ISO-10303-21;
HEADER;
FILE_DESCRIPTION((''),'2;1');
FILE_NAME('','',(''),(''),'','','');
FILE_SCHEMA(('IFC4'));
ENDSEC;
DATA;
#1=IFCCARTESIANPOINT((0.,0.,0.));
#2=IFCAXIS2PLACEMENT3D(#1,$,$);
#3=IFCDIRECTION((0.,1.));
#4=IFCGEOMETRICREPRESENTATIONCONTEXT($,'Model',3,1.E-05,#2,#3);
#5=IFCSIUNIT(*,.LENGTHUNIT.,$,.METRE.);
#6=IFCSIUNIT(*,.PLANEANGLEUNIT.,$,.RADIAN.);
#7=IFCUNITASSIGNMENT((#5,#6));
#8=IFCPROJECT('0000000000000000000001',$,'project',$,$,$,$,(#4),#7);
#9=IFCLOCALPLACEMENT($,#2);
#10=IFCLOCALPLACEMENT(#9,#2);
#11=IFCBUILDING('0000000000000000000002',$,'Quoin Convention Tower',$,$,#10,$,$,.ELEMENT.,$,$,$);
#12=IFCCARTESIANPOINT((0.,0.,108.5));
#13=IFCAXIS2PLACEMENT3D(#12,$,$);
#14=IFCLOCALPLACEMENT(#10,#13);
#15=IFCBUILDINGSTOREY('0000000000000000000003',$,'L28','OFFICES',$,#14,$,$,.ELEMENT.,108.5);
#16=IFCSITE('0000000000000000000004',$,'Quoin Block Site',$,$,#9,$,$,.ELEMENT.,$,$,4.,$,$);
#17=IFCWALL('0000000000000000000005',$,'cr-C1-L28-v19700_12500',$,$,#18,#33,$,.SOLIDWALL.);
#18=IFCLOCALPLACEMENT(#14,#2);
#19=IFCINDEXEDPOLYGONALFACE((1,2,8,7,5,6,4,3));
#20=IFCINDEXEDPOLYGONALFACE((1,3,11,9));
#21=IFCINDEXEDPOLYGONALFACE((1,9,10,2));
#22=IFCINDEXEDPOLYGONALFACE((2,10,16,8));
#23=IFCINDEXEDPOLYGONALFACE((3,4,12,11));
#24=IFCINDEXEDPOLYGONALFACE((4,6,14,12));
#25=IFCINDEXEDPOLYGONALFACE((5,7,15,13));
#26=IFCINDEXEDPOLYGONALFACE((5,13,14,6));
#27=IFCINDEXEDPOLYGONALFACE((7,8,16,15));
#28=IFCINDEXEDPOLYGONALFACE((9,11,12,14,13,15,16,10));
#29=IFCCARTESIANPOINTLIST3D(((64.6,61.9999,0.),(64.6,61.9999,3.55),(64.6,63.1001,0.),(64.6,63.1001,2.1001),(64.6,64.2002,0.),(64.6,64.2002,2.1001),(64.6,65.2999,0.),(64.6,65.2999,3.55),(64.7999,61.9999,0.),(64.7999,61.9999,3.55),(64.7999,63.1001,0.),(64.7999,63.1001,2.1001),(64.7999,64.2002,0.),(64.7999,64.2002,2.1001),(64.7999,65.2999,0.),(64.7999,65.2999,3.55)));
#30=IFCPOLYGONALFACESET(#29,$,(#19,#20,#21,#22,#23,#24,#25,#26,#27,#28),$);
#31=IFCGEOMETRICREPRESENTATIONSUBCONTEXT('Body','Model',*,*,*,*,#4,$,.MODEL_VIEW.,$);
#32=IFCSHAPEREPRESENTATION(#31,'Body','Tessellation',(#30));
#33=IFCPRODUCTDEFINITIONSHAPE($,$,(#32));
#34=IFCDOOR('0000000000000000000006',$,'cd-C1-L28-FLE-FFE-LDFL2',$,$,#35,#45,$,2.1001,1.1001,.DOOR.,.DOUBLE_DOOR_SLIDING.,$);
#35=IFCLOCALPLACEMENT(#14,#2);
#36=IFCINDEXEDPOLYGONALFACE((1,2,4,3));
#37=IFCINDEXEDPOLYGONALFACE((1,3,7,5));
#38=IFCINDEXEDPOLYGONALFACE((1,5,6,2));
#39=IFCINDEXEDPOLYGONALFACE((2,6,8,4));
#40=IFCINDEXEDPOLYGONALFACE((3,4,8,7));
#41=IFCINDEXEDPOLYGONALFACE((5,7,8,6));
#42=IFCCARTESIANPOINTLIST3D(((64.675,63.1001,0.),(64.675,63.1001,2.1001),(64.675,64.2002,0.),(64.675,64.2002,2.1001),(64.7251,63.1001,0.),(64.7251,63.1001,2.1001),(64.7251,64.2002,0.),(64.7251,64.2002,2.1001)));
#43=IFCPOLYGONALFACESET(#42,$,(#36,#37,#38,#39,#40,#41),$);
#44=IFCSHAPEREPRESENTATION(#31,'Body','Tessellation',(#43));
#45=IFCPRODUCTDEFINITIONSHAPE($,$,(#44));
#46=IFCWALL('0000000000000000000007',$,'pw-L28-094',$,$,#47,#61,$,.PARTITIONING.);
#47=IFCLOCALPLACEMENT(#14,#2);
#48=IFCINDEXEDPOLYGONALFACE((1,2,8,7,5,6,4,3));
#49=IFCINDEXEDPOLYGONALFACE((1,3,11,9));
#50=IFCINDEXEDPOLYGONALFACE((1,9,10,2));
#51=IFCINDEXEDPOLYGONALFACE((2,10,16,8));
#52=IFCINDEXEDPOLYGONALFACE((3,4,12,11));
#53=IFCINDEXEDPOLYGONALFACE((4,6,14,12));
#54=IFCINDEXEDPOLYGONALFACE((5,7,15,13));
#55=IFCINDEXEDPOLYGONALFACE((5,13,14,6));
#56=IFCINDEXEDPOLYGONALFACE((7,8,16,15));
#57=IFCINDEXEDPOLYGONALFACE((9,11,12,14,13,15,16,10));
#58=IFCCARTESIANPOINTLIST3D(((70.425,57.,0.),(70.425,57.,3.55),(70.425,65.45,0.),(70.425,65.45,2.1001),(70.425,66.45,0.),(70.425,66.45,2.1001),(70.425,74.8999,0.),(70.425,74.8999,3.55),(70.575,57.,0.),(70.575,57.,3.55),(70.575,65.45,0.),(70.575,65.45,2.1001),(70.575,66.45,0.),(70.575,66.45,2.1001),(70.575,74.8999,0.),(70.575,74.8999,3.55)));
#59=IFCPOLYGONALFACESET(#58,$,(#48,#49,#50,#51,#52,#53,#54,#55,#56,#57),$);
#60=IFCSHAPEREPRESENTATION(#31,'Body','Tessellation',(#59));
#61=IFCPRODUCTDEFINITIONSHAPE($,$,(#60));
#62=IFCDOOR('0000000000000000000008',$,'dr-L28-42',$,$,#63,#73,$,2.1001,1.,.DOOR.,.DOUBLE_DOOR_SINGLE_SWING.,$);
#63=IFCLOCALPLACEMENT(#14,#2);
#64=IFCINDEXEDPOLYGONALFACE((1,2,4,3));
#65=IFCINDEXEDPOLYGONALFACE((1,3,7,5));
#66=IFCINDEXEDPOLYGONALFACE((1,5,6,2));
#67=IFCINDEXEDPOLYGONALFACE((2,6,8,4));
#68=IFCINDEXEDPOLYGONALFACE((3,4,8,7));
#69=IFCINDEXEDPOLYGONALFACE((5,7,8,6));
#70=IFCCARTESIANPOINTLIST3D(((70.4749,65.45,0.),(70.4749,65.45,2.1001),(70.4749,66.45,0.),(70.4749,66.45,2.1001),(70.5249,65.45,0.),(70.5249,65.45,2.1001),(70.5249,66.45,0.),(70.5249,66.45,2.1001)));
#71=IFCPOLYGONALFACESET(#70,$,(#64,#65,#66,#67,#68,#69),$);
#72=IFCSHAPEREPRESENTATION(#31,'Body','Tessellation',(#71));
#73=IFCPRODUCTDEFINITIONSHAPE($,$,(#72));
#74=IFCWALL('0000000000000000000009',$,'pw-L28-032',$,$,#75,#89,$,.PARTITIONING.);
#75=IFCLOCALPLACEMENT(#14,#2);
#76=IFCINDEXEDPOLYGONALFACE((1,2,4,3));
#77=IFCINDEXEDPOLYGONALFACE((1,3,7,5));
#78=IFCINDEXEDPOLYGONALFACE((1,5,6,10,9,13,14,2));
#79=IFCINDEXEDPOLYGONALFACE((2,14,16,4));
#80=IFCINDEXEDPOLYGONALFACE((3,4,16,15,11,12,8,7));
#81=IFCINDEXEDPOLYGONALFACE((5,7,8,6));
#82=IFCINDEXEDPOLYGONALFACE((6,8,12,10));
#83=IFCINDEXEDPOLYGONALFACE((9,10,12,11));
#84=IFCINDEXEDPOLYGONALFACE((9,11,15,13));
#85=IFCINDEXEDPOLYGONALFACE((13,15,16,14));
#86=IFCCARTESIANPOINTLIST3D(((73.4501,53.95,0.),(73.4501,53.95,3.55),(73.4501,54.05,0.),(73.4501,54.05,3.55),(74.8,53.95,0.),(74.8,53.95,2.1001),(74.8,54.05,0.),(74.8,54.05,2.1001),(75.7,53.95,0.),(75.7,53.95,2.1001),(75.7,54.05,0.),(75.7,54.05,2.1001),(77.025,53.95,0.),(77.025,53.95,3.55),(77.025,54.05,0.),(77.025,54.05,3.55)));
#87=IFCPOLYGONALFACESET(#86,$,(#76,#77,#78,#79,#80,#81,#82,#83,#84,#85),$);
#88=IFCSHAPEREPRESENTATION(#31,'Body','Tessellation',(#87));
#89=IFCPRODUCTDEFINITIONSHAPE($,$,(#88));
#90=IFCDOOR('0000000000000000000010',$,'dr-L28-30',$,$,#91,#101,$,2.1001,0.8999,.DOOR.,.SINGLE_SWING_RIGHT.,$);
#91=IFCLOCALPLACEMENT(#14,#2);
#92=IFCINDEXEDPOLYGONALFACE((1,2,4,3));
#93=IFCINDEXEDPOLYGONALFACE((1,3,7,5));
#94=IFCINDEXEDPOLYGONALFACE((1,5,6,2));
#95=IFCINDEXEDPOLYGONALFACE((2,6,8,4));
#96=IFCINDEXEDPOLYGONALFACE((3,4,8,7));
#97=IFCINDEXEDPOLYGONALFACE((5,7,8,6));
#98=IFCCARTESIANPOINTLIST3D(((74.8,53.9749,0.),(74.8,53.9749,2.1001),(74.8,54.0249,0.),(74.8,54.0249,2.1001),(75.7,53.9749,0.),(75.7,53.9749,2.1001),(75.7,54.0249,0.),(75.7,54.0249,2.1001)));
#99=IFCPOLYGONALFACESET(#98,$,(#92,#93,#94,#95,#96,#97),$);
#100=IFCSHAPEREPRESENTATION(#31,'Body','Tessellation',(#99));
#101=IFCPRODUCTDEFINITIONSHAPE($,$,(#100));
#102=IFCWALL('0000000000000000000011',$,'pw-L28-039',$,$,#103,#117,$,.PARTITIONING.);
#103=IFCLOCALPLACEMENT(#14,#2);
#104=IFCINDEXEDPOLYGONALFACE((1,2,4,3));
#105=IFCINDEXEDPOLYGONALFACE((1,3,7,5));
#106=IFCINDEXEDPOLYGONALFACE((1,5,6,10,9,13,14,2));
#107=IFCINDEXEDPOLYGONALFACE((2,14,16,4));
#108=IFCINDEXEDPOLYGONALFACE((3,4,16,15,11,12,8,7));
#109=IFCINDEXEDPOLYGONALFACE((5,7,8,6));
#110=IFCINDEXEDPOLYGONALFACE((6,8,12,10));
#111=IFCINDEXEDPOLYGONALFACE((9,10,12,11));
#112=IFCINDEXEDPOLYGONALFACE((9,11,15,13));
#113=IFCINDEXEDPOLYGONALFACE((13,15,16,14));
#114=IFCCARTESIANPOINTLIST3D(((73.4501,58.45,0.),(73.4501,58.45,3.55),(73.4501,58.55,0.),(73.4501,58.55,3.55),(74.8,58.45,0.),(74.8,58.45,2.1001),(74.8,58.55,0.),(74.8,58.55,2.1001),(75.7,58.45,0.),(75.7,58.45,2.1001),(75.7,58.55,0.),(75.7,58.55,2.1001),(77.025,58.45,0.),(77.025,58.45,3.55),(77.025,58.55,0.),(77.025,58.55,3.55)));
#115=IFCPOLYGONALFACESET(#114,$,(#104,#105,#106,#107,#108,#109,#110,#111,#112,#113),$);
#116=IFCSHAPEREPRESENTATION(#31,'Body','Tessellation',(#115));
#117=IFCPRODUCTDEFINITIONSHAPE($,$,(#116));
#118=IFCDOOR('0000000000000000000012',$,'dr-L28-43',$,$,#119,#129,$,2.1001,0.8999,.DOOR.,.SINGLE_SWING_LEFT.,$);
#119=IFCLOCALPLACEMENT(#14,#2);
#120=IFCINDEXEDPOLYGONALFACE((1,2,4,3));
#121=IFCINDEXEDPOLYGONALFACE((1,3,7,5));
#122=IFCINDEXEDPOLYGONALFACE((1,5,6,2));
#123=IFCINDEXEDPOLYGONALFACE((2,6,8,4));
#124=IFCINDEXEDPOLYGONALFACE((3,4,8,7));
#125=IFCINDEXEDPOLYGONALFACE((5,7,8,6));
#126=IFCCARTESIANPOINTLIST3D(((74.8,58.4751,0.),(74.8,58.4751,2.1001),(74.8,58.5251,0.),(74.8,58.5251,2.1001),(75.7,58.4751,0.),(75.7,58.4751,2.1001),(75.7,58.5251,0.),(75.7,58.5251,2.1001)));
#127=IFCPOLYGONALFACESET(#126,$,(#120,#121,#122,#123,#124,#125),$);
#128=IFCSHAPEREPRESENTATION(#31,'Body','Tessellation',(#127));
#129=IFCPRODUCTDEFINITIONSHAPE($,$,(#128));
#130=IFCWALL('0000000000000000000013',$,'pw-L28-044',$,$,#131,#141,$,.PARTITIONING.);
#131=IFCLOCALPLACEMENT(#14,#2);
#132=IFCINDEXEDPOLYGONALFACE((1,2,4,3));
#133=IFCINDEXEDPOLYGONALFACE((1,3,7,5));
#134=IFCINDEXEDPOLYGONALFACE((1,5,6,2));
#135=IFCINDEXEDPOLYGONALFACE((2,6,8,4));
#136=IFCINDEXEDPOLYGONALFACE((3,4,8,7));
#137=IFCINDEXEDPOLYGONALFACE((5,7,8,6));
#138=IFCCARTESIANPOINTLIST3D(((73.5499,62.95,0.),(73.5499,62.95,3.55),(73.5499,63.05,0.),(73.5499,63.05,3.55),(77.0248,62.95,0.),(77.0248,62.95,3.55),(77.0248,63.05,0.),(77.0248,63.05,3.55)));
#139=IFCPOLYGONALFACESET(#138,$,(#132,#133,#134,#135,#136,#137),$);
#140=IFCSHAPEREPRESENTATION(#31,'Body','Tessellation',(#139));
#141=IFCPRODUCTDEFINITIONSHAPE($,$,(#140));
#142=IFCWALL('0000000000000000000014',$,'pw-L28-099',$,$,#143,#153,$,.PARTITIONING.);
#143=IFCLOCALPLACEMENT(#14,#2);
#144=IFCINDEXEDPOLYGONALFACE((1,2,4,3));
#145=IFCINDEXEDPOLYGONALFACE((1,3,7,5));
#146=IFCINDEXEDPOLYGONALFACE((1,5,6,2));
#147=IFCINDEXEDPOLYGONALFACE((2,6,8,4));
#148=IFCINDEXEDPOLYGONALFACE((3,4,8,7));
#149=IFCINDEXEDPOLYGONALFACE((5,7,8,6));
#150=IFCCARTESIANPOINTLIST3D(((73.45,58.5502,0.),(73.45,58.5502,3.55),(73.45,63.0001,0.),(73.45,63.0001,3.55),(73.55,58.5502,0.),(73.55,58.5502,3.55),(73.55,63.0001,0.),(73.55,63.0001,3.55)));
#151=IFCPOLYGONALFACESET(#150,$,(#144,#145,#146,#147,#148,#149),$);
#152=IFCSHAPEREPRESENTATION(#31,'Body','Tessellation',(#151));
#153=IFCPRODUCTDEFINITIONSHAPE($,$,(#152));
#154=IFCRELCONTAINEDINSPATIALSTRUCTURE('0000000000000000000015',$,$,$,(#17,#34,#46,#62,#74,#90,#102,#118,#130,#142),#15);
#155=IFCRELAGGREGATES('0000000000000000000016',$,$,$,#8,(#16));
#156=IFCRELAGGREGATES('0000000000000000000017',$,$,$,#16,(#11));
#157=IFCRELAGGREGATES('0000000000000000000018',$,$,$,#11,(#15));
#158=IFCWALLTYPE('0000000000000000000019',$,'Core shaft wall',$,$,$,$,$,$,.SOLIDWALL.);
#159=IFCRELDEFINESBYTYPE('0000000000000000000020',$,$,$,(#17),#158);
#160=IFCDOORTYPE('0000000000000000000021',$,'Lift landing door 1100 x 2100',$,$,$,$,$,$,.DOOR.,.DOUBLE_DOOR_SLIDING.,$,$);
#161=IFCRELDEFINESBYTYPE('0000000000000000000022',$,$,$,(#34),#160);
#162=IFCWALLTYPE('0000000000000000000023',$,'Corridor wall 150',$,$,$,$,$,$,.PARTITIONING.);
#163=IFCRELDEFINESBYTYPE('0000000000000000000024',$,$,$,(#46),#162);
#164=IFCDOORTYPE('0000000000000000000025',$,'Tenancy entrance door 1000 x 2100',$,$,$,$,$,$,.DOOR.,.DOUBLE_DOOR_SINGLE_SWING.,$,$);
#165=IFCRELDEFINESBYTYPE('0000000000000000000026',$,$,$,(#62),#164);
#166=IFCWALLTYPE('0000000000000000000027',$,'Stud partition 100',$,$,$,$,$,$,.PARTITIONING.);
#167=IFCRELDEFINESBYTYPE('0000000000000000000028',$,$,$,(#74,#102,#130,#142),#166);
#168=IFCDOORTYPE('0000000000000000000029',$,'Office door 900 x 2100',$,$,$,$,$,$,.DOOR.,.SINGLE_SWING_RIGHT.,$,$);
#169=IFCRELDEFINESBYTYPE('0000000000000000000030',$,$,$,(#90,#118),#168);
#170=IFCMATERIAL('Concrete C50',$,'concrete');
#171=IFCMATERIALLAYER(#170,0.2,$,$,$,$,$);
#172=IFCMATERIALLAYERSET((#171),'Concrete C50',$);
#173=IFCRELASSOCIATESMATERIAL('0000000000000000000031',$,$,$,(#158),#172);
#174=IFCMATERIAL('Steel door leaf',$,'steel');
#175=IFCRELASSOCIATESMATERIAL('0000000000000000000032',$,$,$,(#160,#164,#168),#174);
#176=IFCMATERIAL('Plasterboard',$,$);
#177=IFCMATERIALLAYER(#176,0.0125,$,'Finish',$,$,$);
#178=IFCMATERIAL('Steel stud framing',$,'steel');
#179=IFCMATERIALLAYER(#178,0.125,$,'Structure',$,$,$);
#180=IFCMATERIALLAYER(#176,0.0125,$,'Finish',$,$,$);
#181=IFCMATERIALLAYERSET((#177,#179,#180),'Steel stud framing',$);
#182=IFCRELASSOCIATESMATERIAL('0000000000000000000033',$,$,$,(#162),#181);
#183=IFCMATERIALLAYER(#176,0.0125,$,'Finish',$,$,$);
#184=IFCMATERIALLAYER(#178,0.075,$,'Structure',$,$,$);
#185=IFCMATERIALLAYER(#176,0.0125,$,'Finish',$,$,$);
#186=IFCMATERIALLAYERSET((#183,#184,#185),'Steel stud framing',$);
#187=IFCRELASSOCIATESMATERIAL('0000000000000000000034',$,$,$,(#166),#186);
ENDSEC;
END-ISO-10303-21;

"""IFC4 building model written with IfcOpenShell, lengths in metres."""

from ifc_helpers import new_model, si_unit, direction, frame, frame_2d, origin, place, context, subcontext, project, spatial, rectangle, extrude, material, layer, layer_set, type_object, element, fill, save


model = new_model("IFC4")

# Units and contexts
model_context = context("Model", 3, precision=1e-05, world=origin(), true_north=direction((0.0, 1.0)))
body_context = subcontext(model_context, "Body", "Model", "MODEL_VIEW")
ifc_project = project(units=[si_unit("LENGTHUNIT", "METRE"), si_unit("PLANEANGLEUNIT", "RADIAN")], contexts=[model_context])

# Site, building, storey
site_placement = place(None, origin())
site = spatial("IfcSite", under=ifc_project, at=site_placement, Name="Quoin Block Site", CompositionType="ELEMENT", RefElevation=4.0)
building_placement = place(site_placement, origin())
building = spatial("IfcBuilding", under=site, at=building_placement, Name="Quoin Convention Tower", CompositionType="ELEMENT")
storey_placement = place(building_placement, frame((0.0, 0.0, 108.5)))
storey = spatial("IfcBuildingStorey", under=building, at=storey_placement, Name="L28", Description="OFFICES", CompositionType="ELEMENT", Elevation=108.5)

# Shared definitions
ifc_material_1 = material(Name="Plasterboard")
ifc_material_2 = material(Name="Steel stud framing", Category="steel")
ifc_material_3 = material(Name="Concrete C50", Category="concrete")
ifc_layer_1 = layer(ifc_material_3, 0.2)
ifc_layer_set_1 = layer_set([ifc_layer_1], Name="Concrete C50")
wall_type_1 = type_object("IfcWallType", Name="Core shaft wall", PredefinedType="SOLIDWALL", material=ifc_layer_set_1)

# Walls, openings, doors
wall_1_placement = place(storey_placement, frame((64.7, 62.0, 0.0), z_axis=(0.0, 0.0, 1.0), x_axis=(0.0, 1.0, 0.0)))
wall_1 = element("IfcWall", 1, at=wall_1_placement, inside=storey, type_object=wall_type_1, Name="cr-C1-L28-v19700_12500", PredefinedType="SOLIDWALL", context=body_context, shape_type="SweptSolid", body=[
    extrude(rectangle(XDim=3.3, YDim=0.2, at=frame_2d((1.6499, 0.0))), origin(), (0.0, 0.0, 1.0), 3.55),
])
opening_1_placement = place(wall_1_placement, frame((1.1001, 0.0, 0.0)))
opening_1 = element("IfcOpeningElement", 2, at=opening_1_placement, cuts=wall_1, PredefinedType="OPENING", context=body_context, shape_type="SweptSolid", body=[
    extrude(rectangle(XDim=1.1001, YDim=2.1001, at=frame_2d((0.55, 1.05))), frame((0.0, 0.1099, 0.0), z_axis=(0.0, -1.0, 0.0), x_axis=(1.0, 0.0, 0.0)), (0.0, 0.0, 1.0), 0.22),
])
ifc_material_4 = material(Name="Steel door leaf", Category="steel")
door_type_1 = type_object("IfcDoorType", Name="Lift landing door 1100 x 2100", OperationType="DOUBLE_DOOR_SLIDING", PredefinedType="DOOR", material=ifc_material_4)
door_1_placement = place(opening_1_placement, origin())
door_1 = element("IfcDoor", 3, at=door_1_placement, inside=storey, type_object=door_type_1, Name="cd-C1-L28-FLE-FFE-LDFL2", OperationType="DOUBLE_DOOR_SLIDING", OverallHeight=2.1001, OverallWidth=1.1001, PredefinedType="DOOR", context=body_context, shape_type="SweptSolid", body=[
    extrude(rectangle(XDim=1.1001, YDim=2.1001, at=frame_2d((0.55, 1.05))), frame((0.0, 0.0249, 0.0), z_axis=(0.0, -1.0, 0.0), x_axis=(1.0, 0.0, 0.0)), (0.0, 0.0, 1.0), 0.05),
])
fill(opening_1, door_1)
ifc_layer_2 = layer(ifc_material_1, 0.0125, Name="Finish")
ifc_layer_3 = layer(ifc_material_2, 0.125, Name="Structure")
ifc_layer_4 = layer(ifc_material_1, 0.0125, Name="Finish")
ifc_layer_set_2 = layer_set([ifc_layer_2, ifc_layer_3, ifc_layer_4], Name="Steel stud framing")
wall_type_2 = type_object("IfcWallType", Name="Corridor wall 150", PredefinedType="PARTITIONING", material=ifc_layer_set_2)
wall_2_placement = place(storey_placement, frame((70.5, 57.0, 0.0), z_axis=(0.0, 0.0, 1.0), x_axis=(0.0, 1.0, 0.0)))
wall_2 = element("IfcWall", 4, at=wall_2_placement, inside=storey, type_object=wall_type_2, Name="pw-L28-094", PredefinedType="PARTITIONING", context=body_context, shape_type="SweptSolid", body=[
    extrude(rectangle(XDim=17.8999, YDim=0.1499, at=frame_2d((8.95, 0.0))), origin(), (0.0, 0.0, 1.0), 3.55),
])
opening_2_placement = place(wall_2_placement, frame((8.45, 0.0, 0.0)))
opening_2 = element("IfcOpeningElement", 5, at=opening_2_placement, cuts=wall_2, PredefinedType="OPENING", context=body_context, shape_type="SweptSolid", body=[
    extrude(rectangle(XDim=1.0, YDim=2.1001, at=frame_2d((0.5, 1.05))), frame((0.0, 0.085, 0.0), z_axis=(0.0, -1.0, 0.0), x_axis=(1.0, 0.0, 0.0)), (0.0, 0.0, 1.0), 0.1699),
])
door_type_2 = type_object("IfcDoorType", Name="Tenancy entrance door 1000 x 2100", OperationType="DOUBLE_DOOR_SINGLE_SWING", PredefinedType="DOOR", material=ifc_material_4)
door_2_placement = place(opening_2_placement, frame((1.0, 0.0, 0.0), z_axis=(0.0, 0.0, 1.0), x_axis=(-1.0, 0.0, 0.0)))
door_2 = element("IfcDoor", 6, at=door_2_placement, inside=storey, type_object=door_type_2, Name="dr-L28-42", OperationType="DOUBLE_DOOR_SINGLE_SWING", OverallHeight=2.1001, OverallWidth=1.0, PredefinedType="DOOR", context=body_context, shape_type="SweptSolid", body=[
    extrude(rectangle(XDim=1.0, YDim=2.1001, at=frame_2d((0.5, 1.05))), frame((0.0, 0.0249, 0.0), z_axis=(0.0, -1.0, 0.0), x_axis=(1.0, 0.0, 0.0)), (0.0, 0.0, 1.0), 0.05),
])
fill(opening_2, door_2)
ifc_layer_5 = layer(ifc_material_1, 0.0125, Name="Finish")
ifc_layer_6 = layer(ifc_material_2, 0.075, Name="Structure")
ifc_layer_7 = layer(ifc_material_1, 0.0125, Name="Finish")
ifc_layer_set_3 = layer_set([ifc_layer_5, ifc_layer_6, ifc_layer_7], Name="Steel stud framing")
wall_type_3 = type_object("IfcWallType", Name="Stud partition 100", PredefinedType="PARTITIONING", material=ifc_layer_set_3)
wall_3_placement = place(storey_placement, frame((73.45, 54.0, 0.0), z_axis=(0.0, 0.0, 1.0), x_axis=(1.0, 0.0, 0.0)))
wall_3 = element("IfcWall", 7, at=wall_3_placement, inside=storey, type_object=wall_type_3, Name="pw-L28-032", PredefinedType="PARTITIONING", context=body_context, shape_type="SweptSolid", body=[
    extrude(rectangle(XDim=3.575, YDim=0.1001, at=frame_2d((1.7876, 0.0))), origin(), (0.0, 0.0, 1.0), 3.55),
])
opening_3_placement = place(wall_3_placement, frame((1.3501, 0.0, 0.0)))
opening_3 = element("IfcOpeningElement", 8, at=opening_3_placement, cuts=wall_3, PredefinedType="OPENING", context=body_context, shape_type="SweptSolid", body=[
    extrude(rectangle(XDim=0.8999, YDim=2.1001, at=frame_2d((0.45, 1.05))), frame((0.0, 0.0601, 0.0), z_axis=(0.0, -1.0, 0.0), x_axis=(1.0, 0.0, 0.0)), (0.0, 0.0, 1.0), 0.1201),
])
door_type_3 = type_object("IfcDoorType", Name="Office door 900 x 2100", OperationType="SINGLE_SWING_RIGHT", PredefinedType="DOOR", material=ifc_material_4)
door_3_placement = place(opening_3_placement, origin())
door_3 = element("IfcDoor", 9, at=door_3_placement, inside=storey, type_object=door_type_3, Name="dr-L28-30", OperationType="SINGLE_SWING_RIGHT", OverallHeight=2.1001, OverallWidth=0.8999, PredefinedType="DOOR", context=body_context, shape_type="SweptSolid", body=[
    extrude(rectangle(XDim=0.8999, YDim=2.1001, at=frame_2d((0.45, 1.05))), frame((0.0, 0.0249, 0.0), z_axis=(0.0, -1.0, 0.0), x_axis=(1.0, 0.0, 0.0)), (0.0, 0.0, 1.0), 0.05),
])
fill(opening_3, door_3)
wall_4_placement = place(storey_placement, frame((73.45, 58.5, 0.0), z_axis=(0.0, 0.0, 1.0), x_axis=(1.0, 0.0, 0.0)))
wall_4 = element("IfcWall", 10, at=wall_4_placement, inside=storey, type_object=wall_type_3, Name="pw-L28-039", PredefinedType="PARTITIONING", context=body_context, shape_type="SweptSolid", body=[
    extrude(rectangle(XDim=3.575, YDim=0.1001, at=frame_2d((1.7876, 0.0))), origin(), (0.0, 0.0, 1.0), 3.55),
])
opening_4_placement = place(wall_4_placement, frame((1.3501, 0.0, 0.0)))
opening_4 = element("IfcOpeningElement", 11, at=opening_4_placement, cuts=wall_4, PredefinedType="OPENING", context=body_context, shape_type="SweptSolid", body=[
    extrude(rectangle(XDim=0.8999, YDim=2.1001, at=frame_2d((0.45, 1.05))), frame((0.0, 0.0601, 0.0), z_axis=(0.0, -1.0, 0.0), x_axis=(1.0, 0.0, 0.0)), (0.0, 0.0, 1.0), 0.1201),
])
door_4_placement = place(opening_4_placement, frame((0.8999, 0.0, 0.0), z_axis=(0.0, 0.0, 1.0), x_axis=(-1.0, 0.0, 0.0)))
door_4 = element("IfcDoor", 12, at=door_4_placement, inside=storey, type_object=door_type_3, Name="dr-L28-43", OperationType="SINGLE_SWING_LEFT", OverallHeight=2.1001, OverallWidth=0.8999, PredefinedType="DOOR", context=body_context, shape_type="SweptSolid", body=[
    extrude(rectangle(XDim=0.8999, YDim=2.1001, at=frame_2d((0.45, 1.05))), frame((0.0, 0.0249, 0.0), z_axis=(0.0, -1.0, 0.0), x_axis=(1.0, 0.0, 0.0)), (0.0, 0.0, 1.0), 0.05),
])
fill(opening_4, door_4)

# Walls
wall_5_placement = place(storey_placement, frame((73.55, 63.0, 0.0), z_axis=(0.0, 0.0, 1.0), x_axis=(1.0, 0.0, 0.0)))
element("IfcWall", 13, at=wall_5_placement, inside=storey, type_object=wall_type_3, Name="pw-L28-044", PredefinedType="PARTITIONING", context=body_context, shape_type="SweptSolid", body=[
    extrude(rectangle(XDim=3.4749, YDim=0.1001, at=frame_2d((1.7373, 0.0))), origin(), (0.0, 0.0, 1.0), 3.55),
])
wall_6_placement = place(storey_placement, frame((73.5, 58.55, 0.0), z_axis=(0.0, 0.0, 1.0), x_axis=(0.0, 1.0, 0.0)))
element("IfcWall", 14, at=wall_6_placement, inside=storey, type_object=wall_type_3, Name="pw-L28-099", PredefinedType="PARTITIONING", context=body_context, shape_type="SweptSolid", body=[
    extrude(rectangle(XDim=4.45, YDim=0.1001, at=frame_2d((2.2251, 0.0))), origin(), (0.0, 0.0, 1.0), 3.55),
])

save(model, "model.ifc")
